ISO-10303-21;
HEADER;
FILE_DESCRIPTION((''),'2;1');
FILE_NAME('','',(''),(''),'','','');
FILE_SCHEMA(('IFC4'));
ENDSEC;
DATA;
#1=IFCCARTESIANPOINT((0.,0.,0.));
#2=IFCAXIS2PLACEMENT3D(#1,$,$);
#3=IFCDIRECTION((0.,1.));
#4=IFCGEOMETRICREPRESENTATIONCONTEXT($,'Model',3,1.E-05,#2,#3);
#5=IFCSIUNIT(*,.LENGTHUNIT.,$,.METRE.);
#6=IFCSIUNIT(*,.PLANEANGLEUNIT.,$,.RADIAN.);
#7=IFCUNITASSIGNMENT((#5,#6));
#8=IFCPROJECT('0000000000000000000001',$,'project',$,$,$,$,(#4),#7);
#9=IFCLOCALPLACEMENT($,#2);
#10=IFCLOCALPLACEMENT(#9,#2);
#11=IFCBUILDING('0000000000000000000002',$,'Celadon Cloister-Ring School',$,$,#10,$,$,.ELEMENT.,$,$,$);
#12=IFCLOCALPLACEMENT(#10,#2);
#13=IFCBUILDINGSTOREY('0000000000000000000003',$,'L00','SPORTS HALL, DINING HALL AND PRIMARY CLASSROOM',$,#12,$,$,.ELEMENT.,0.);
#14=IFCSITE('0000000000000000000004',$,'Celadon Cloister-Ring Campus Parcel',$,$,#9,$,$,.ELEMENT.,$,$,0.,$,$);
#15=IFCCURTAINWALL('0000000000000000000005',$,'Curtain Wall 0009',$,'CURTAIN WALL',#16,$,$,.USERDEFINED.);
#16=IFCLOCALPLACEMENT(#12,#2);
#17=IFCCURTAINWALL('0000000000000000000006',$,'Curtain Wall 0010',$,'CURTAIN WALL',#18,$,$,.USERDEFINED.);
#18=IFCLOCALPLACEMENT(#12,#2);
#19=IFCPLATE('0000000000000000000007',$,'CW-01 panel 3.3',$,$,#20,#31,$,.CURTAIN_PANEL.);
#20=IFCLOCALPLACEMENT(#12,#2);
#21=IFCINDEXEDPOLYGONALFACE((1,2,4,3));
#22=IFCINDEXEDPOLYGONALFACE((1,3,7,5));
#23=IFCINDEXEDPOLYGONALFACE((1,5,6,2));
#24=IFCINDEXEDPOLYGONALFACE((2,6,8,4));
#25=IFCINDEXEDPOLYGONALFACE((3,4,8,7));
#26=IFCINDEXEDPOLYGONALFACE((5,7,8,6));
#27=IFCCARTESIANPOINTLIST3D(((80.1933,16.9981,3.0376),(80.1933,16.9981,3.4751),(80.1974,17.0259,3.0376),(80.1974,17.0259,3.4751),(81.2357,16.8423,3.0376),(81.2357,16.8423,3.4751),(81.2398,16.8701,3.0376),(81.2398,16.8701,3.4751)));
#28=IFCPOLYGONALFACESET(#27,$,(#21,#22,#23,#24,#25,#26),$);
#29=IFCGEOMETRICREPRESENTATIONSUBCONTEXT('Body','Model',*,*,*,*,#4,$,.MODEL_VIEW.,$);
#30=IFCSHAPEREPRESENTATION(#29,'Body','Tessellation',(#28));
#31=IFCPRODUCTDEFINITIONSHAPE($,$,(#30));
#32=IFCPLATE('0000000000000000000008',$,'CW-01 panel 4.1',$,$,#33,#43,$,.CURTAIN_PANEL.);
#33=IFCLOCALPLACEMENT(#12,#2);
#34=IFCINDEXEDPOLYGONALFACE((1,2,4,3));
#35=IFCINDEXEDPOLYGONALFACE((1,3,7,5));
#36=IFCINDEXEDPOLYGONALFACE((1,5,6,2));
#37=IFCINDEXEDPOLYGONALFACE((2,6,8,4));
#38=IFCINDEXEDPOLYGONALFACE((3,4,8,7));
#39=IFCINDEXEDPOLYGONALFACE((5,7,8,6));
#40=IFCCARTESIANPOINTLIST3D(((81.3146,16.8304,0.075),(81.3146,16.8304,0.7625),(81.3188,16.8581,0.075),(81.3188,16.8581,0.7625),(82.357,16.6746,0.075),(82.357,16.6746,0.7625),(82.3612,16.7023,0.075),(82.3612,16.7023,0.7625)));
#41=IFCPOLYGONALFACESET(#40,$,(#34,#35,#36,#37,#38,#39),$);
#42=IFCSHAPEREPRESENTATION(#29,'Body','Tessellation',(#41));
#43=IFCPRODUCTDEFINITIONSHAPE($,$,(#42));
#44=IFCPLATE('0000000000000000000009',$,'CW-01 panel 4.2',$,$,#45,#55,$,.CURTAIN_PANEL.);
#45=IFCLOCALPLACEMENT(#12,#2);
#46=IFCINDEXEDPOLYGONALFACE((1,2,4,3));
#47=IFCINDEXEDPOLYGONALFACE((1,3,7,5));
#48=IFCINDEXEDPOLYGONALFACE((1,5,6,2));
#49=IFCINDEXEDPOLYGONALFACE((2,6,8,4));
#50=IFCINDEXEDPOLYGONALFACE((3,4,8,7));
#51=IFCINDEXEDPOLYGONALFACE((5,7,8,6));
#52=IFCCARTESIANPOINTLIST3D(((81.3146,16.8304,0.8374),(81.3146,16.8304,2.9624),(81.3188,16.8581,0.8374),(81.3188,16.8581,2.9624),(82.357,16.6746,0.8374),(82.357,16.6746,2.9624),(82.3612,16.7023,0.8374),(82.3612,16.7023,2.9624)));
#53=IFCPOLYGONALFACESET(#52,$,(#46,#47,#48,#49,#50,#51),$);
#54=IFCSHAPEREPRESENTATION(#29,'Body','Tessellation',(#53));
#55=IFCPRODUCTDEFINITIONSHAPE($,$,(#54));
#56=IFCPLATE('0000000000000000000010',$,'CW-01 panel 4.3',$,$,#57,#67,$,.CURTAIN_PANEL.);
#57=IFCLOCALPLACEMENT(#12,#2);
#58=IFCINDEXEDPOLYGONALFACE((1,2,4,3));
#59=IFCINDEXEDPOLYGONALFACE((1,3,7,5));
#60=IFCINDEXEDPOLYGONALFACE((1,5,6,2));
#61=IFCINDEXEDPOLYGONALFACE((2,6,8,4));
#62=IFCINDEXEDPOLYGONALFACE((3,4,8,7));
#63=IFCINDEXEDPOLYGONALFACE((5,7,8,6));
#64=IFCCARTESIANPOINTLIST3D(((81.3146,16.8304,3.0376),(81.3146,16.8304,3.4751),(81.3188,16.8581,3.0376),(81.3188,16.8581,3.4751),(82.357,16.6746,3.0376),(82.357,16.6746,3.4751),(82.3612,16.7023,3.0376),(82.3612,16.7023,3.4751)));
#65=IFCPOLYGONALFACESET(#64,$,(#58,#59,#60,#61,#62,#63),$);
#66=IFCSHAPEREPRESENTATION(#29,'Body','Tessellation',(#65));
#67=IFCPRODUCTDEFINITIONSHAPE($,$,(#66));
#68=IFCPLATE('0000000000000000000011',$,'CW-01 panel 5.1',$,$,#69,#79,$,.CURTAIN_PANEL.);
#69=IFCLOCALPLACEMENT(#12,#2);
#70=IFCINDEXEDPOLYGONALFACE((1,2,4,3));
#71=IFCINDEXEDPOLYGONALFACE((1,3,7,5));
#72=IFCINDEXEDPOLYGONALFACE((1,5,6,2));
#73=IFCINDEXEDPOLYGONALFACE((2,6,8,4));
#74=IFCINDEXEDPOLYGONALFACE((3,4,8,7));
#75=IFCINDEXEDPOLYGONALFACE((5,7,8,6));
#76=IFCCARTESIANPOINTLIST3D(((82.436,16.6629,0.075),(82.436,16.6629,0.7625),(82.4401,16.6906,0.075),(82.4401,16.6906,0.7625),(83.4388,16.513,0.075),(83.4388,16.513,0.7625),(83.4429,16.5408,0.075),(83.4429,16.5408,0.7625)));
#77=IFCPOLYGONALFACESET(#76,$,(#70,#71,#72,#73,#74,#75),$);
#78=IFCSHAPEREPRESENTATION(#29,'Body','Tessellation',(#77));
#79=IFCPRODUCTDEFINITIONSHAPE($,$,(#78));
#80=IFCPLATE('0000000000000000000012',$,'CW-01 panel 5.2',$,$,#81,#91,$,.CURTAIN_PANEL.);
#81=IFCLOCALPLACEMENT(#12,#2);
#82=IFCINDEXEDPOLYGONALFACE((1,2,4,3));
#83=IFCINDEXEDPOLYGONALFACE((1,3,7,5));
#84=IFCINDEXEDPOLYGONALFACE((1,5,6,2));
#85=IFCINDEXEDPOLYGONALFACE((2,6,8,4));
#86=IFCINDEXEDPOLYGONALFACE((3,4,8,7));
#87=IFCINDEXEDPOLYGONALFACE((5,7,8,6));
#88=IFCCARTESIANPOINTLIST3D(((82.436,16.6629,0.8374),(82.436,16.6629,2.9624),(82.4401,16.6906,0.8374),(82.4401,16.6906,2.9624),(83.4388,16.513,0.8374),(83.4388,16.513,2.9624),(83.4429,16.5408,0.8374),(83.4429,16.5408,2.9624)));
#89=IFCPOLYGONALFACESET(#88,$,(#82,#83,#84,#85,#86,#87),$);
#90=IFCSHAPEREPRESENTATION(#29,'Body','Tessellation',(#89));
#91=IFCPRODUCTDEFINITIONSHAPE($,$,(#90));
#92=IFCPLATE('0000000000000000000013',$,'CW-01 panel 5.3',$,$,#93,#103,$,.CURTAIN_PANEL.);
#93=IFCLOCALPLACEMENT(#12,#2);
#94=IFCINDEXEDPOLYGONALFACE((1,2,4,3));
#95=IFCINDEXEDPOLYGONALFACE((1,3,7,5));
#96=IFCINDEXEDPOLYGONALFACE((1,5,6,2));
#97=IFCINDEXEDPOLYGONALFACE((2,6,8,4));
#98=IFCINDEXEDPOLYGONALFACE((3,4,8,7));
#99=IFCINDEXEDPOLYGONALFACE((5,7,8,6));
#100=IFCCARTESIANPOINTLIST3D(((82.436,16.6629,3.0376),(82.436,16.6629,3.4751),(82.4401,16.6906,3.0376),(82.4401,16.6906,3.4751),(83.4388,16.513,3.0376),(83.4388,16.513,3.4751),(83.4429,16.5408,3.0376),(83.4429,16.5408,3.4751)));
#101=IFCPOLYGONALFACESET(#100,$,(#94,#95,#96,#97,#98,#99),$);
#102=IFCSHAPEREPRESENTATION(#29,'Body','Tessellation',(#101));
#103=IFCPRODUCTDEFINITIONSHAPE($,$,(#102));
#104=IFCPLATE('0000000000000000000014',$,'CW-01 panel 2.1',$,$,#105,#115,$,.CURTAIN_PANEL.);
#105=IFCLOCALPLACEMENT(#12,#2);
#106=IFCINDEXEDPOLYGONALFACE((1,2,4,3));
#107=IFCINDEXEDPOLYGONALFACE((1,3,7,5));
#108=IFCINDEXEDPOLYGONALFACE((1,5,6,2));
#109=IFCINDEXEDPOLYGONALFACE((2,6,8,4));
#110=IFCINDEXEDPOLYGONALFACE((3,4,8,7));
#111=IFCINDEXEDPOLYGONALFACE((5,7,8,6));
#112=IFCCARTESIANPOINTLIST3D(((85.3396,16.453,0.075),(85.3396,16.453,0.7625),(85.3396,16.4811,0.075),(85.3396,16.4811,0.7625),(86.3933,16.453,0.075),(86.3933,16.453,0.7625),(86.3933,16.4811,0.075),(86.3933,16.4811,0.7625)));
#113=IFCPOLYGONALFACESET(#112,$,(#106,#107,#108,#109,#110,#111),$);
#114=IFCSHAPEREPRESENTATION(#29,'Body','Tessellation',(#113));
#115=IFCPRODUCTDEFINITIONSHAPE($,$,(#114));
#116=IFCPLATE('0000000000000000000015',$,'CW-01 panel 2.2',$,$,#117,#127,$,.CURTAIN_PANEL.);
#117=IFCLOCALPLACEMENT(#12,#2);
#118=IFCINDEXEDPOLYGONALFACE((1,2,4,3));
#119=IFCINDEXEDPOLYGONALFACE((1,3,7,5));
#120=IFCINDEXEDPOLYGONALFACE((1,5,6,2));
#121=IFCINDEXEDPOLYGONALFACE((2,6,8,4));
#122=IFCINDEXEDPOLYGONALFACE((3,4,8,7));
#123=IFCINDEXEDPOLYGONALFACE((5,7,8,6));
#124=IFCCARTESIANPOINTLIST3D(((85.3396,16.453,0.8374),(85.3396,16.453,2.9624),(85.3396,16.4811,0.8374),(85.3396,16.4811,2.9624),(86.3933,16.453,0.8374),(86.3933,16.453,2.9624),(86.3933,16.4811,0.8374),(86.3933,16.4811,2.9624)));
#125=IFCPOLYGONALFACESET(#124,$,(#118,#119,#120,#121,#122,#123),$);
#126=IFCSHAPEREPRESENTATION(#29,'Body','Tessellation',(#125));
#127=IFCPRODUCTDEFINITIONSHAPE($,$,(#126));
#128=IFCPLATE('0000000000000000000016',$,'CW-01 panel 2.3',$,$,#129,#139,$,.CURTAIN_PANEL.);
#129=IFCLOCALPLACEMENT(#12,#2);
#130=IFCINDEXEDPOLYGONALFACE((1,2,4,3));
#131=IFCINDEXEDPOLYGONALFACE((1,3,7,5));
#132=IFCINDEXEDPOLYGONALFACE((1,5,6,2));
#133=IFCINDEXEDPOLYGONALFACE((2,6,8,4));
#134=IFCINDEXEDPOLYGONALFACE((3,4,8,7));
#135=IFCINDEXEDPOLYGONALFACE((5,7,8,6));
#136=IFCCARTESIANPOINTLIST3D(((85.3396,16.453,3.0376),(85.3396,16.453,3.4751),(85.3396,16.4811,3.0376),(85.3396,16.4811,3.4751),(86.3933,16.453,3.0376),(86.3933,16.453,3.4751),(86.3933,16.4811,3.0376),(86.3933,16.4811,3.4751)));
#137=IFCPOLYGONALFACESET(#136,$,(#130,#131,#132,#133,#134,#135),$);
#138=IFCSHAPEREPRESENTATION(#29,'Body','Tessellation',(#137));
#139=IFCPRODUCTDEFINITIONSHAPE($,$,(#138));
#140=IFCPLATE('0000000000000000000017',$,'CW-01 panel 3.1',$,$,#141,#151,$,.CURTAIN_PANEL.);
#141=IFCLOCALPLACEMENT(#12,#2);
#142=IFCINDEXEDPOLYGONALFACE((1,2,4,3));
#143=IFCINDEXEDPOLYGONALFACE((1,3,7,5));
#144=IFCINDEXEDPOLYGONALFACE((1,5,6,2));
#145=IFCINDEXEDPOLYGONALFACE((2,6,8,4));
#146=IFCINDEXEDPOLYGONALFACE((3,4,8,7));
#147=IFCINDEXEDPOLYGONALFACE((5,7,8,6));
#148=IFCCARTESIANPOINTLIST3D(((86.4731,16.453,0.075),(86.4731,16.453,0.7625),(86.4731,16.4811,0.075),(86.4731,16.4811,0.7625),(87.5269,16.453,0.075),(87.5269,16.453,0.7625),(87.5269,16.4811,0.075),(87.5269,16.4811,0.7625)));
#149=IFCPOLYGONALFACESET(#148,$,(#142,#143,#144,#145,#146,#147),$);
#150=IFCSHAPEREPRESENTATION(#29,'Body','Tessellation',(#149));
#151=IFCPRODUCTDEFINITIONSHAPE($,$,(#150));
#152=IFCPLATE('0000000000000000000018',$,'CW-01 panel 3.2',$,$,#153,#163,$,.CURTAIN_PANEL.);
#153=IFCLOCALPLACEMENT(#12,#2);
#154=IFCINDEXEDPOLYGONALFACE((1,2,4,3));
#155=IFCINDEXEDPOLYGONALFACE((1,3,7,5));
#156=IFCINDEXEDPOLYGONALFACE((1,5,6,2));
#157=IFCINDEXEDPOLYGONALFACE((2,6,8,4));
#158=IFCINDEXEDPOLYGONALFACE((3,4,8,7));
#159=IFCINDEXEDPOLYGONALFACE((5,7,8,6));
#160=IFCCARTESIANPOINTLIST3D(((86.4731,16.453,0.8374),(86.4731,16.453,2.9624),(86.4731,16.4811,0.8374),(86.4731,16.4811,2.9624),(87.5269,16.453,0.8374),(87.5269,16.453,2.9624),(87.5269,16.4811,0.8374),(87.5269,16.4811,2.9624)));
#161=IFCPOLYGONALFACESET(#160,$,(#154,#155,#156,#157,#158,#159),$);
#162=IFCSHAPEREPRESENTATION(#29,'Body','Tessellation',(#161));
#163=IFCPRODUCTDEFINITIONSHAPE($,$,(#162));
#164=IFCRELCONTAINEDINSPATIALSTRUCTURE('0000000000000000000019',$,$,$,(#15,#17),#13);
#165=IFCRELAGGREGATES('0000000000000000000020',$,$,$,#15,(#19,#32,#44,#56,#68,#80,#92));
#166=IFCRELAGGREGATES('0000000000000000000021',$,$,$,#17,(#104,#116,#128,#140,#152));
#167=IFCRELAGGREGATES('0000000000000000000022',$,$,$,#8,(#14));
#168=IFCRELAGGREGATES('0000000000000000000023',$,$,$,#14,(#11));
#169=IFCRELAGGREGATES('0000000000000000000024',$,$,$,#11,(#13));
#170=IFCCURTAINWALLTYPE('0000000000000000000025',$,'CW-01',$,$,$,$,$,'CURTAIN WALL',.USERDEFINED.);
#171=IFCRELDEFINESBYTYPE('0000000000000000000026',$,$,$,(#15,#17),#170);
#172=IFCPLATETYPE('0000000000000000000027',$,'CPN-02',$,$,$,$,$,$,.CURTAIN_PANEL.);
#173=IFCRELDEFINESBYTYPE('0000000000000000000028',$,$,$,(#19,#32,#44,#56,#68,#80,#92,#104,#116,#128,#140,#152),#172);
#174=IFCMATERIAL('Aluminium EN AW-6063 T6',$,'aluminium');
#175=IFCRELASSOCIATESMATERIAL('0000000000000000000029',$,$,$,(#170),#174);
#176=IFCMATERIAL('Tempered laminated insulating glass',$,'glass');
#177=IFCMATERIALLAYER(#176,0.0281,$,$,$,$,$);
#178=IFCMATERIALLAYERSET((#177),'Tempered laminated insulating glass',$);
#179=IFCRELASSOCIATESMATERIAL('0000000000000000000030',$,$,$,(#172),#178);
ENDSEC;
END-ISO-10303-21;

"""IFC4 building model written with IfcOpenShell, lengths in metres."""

from ifc_helpers import new_model, si_unit, direction, frame, origin, origin_2d, place, context, subcontext, project, spatial, rectangle, extrude, material, layer, layer_set, type_object, element, aggregate, save


model = new_model("IFC4")

# Units and contexts
model_context = context("Model", 3, precision=1e-05, world=origin(), true_north=direction((0.0, 1.0)))
body_context = subcontext(model_context, "Body", "Model", "MODEL_VIEW")
ifc_project = project(units=[si_unit("LENGTHUNIT", "METRE"), si_unit("PLANEANGLEUNIT", "RADIAN")], contexts=[model_context])

# Site, building, storey
site_placement = place(None, origin())
site = spatial("IfcSite", under=ifc_project, at=site_placement, Name="Celadon Cloister-Ring Campus Parcel", CompositionType="ELEMENT", RefElevation=0.0)
building_placement = place(site_placement, origin())
building = spatial("IfcBuilding", under=site, at=building_placement, Name="Celadon Cloister-Ring School", CompositionType="ELEMENT")
storey_placement = place(building_placement, origin())
storey = spatial("IfcBuildingStorey", under=building, at=storey_placement, Name="L00", Description="SPORTS HALL, DINING HALL AND PRIMARY CLASSROOM", CompositionType="ELEMENT", Elevation=0.0)

# Curtain wall
ifc_material_1 = material(Name="Aluminium EN AW-6063 T6", Category="aluminium")
curtain_wall_type = type_object("IfcCurtainWallType", Name="CW-01", ElementType="CURTAIN WALL", PredefinedType="USERDEFINED", material=ifc_material_1)
curtain_wall_1_placement = place(storey_placement, origin())
curtain_wall_1 = element("IfcCurtainWall", 1, at=curtain_wall_1_placement, inside=storey, type_object=curtain_wall_type, Name="Curtain Wall 0009", ObjectType="CURTAIN WALL", PredefinedType="USERDEFINED")

# Curtain wall
curtain_wall_2_placement = place(storey_placement, origin())
curtain_wall_2 = element("IfcCurtainWall", 2, at=curtain_wall_2_placement, inside=storey, type_object=curtain_wall_type, Name="Curtain Wall 0010", ObjectType="CURTAIN WALL", PredefinedType="USERDEFINED")

# Plates
ifc_material_2 = material(Name="Tempered laminated insulating glass", Category="glass")
ifc_layer = layer(ifc_material_2, 0.0281)
ifc_layer_set = layer_set([ifc_layer], Name="Tempered laminated insulating glass")
plate_type = type_object("IfcPlateType", Name="CPN-02", PredefinedType="CURTAIN_PANEL", material=ifc_layer_set)
plate_1_placement = place(storey_placement, frame((80.7166, 16.9341, 3.0376), z_axis=(0.0, 0.0, 1.0), x_axis=(0.989015, -0.147814, 0.0)))
plate_1 = element("IfcPlate", 3, at=plate_1_placement, type_object=plate_type, Name="CW-01 panel 3.3", PredefinedType="CURTAIN_PANEL", context=body_context, shape_type="SweptSolid", body=[
    extrude(rectangle(XDim=1.054, YDim=0.0281, at=origin_2d()), origin(), (0.0, 0.0, 1.0), 0.4375),
])
plate_2_placement = place(storey_placement, frame((81.8379, 16.7664, 0.075), z_axis=(0.0, 0.0, 1.0), x_axis=(0.989015, -0.147814, 0.0)))
plate_2 = element("IfcPlate", 4, at=plate_2_placement, type_object=plate_type, Name="CW-01 panel 4.1", PredefinedType="CURTAIN_PANEL", context=body_context, shape_type="SweptSolid", body=[
    extrude(rectangle(XDim=1.054, YDim=0.0281, at=origin_2d()), origin(), (0.0, 0.0, 1.0), 0.6875),
])
plate_3_placement = place(storey_placement, frame((81.8379, 16.7664, 0.8374), z_axis=(0.0, 0.0, 1.0), x_axis=(0.989015, -0.147814, 0.0)))
plate_3 = element("IfcPlate", 5, at=plate_3_placement, type_object=plate_type, Name="CW-01 panel 4.2", PredefinedType="CURTAIN_PANEL", context=body_context, shape_type="SweptSolid", body=[
    extrude(rectangle(XDim=1.054, YDim=0.0281, at=origin_2d()), origin(), (0.0, 0.0, 1.0), 2.125),
])
plate_4_placement = place(storey_placement, frame((81.8379, 16.7664, 3.0376), z_axis=(0.0, 0.0, 1.0), x_axis=(0.989015, -0.147814, 0.0)))
plate_4 = element("IfcPlate", 6, at=plate_4_placement, type_object=plate_type, Name="CW-01 panel 4.3", PredefinedType="CURTAIN_PANEL", context=body_context, shape_type="SweptSolid", body=[
    extrude(rectangle(XDim=1.054, YDim=0.0281, at=origin_2d()), origin(), (0.0, 0.0, 1.0), 0.4375),
])
plate_5_placement = place(storey_placement, frame((82.9395, 16.6018, 0.075), z_axis=(0.0, 0.0, 1.0), x_axis=(0.989015, -0.147814, 0.0)))
plate_5 = element("IfcPlate", 7, at=plate_5_placement, type_object=plate_type, Name="CW-01 panel 5.1", PredefinedType="CURTAIN_PANEL", context=body_context, shape_type="SweptSolid", body=[
    extrude(rectangle(XDim=1.0139, YDim=0.0281, at=origin_2d()), origin(), (0.0, 0.0, 1.0), 0.6875),
])
plate_6_placement = place(storey_placement, frame((82.9395, 16.6018, 0.8374), z_axis=(0.0, 0.0, 1.0), x_axis=(0.989015, -0.147814, 0.0)))
plate_6 = element("IfcPlate", 8, at=plate_6_placement, type_object=plate_type, Name="CW-01 panel 5.2", PredefinedType="CURTAIN_PANEL", context=body_context, shape_type="SweptSolid", body=[
    extrude(rectangle(XDim=1.0139, YDim=0.0281, at=origin_2d()), origin(), (0.0, 0.0, 1.0), 2.125),
])
plate_7_placement = place(storey_placement, frame((82.9395, 16.6018, 3.0376), z_axis=(0.0, 0.0, 1.0), x_axis=(0.989015, -0.147814, 0.0)))
plate_7 = element("IfcPlate", 9, at=plate_7_placement, type_object=plate_type, Name="CW-01 panel 5.3", PredefinedType="CURTAIN_PANEL", context=body_context, shape_type="SweptSolid", body=[
    extrude(rectangle(XDim=1.0139, YDim=0.0281, at=origin_2d()), origin(), (0.0, 0.0, 1.0), 0.4375),
])
aggregate(curtain_wall_1, [plate_1, plate_2, plate_3, plate_4, plate_5, plate_6, plate_7])
plate_8_placement = place(storey_placement, frame((85.8665, 16.467, 0.075), z_axis=(0.0, 0.0, 1.0), x_axis=(1.0, 0.0, 0.0)))
plate_8 = element("IfcPlate", 10, at=plate_8_placement, type_object=plate_type, Name="CW-01 panel 2.1", PredefinedType="CURTAIN_PANEL", context=body_context, shape_type="SweptSolid", body=[
    extrude(rectangle(XDim=1.0537, YDim=0.0281, at=origin_2d()), origin(), (0.0, 0.0, 1.0), 0.6875),
])
plate_9_placement = place(storey_placement, frame((85.8665, 16.467, 0.8374), z_axis=(0.0, 0.0, 1.0), x_axis=(1.0, 0.0, 0.0)))
plate_9 = element("IfcPlate", 11, at=plate_9_placement, type_object=plate_type, Name="CW-01 panel 2.2", PredefinedType="CURTAIN_PANEL", context=body_context, shape_type="SweptSolid", body=[
    extrude(rectangle(XDim=1.0537, YDim=0.0281, at=origin_2d()), origin(), (0.0, 0.0, 1.0), 2.125),
])
plate_10_placement = place(storey_placement, frame((85.8665, 16.467, 3.0376), z_axis=(0.0, 0.0, 1.0), x_axis=(1.0, 0.0, 0.0)))
plate_10 = element("IfcPlate", 12, at=plate_10_placement, type_object=plate_type, Name="CW-01 panel 2.3", PredefinedType="CURTAIN_PANEL", context=body_context, shape_type="SweptSolid", body=[
    extrude(rectangle(XDim=1.0537, YDim=0.0281, at=origin_2d()), origin(), (0.0, 0.0, 1.0), 0.4375),
])
plate_11_placement = place(storey_placement, frame((87.0, 16.467, 0.075), z_axis=(0.0, 0.0, 1.0), x_axis=(1.0, 0.0, 0.0)))
plate_11 = element("IfcPlate", 13, at=plate_11_placement, type_object=plate_type, Name="CW-01 panel 3.1", PredefinedType="CURTAIN_PANEL", context=body_context, shape_type="SweptSolid", body=[
    extrude(rectangle(XDim=1.0537, YDim=0.0281, at=origin_2d()), origin(), (0.0, 0.0, 1.0), 0.6875),
])
plate_12_placement = place(storey_placement, frame((87.0, 16.467, 0.8374), z_axis=(0.0, 0.0, 1.0), x_axis=(1.0, 0.0, 0.0)))
plate_12 = element("IfcPlate", 14, at=plate_12_placement, type_object=plate_type, Name="CW-01 panel 3.2", PredefinedType="CURTAIN_PANEL", context=body_context, shape_type="SweptSolid", body=[
    extrude(rectangle(XDim=1.0537, YDim=0.0281, at=origin_2d()), origin(), (0.0, 0.0, 1.0), 2.125),
])
aggregate(curtain_wall_2, [plate_8, plate_9, plate_10, plate_11, plate_12])

save(model, "model.ifc")
